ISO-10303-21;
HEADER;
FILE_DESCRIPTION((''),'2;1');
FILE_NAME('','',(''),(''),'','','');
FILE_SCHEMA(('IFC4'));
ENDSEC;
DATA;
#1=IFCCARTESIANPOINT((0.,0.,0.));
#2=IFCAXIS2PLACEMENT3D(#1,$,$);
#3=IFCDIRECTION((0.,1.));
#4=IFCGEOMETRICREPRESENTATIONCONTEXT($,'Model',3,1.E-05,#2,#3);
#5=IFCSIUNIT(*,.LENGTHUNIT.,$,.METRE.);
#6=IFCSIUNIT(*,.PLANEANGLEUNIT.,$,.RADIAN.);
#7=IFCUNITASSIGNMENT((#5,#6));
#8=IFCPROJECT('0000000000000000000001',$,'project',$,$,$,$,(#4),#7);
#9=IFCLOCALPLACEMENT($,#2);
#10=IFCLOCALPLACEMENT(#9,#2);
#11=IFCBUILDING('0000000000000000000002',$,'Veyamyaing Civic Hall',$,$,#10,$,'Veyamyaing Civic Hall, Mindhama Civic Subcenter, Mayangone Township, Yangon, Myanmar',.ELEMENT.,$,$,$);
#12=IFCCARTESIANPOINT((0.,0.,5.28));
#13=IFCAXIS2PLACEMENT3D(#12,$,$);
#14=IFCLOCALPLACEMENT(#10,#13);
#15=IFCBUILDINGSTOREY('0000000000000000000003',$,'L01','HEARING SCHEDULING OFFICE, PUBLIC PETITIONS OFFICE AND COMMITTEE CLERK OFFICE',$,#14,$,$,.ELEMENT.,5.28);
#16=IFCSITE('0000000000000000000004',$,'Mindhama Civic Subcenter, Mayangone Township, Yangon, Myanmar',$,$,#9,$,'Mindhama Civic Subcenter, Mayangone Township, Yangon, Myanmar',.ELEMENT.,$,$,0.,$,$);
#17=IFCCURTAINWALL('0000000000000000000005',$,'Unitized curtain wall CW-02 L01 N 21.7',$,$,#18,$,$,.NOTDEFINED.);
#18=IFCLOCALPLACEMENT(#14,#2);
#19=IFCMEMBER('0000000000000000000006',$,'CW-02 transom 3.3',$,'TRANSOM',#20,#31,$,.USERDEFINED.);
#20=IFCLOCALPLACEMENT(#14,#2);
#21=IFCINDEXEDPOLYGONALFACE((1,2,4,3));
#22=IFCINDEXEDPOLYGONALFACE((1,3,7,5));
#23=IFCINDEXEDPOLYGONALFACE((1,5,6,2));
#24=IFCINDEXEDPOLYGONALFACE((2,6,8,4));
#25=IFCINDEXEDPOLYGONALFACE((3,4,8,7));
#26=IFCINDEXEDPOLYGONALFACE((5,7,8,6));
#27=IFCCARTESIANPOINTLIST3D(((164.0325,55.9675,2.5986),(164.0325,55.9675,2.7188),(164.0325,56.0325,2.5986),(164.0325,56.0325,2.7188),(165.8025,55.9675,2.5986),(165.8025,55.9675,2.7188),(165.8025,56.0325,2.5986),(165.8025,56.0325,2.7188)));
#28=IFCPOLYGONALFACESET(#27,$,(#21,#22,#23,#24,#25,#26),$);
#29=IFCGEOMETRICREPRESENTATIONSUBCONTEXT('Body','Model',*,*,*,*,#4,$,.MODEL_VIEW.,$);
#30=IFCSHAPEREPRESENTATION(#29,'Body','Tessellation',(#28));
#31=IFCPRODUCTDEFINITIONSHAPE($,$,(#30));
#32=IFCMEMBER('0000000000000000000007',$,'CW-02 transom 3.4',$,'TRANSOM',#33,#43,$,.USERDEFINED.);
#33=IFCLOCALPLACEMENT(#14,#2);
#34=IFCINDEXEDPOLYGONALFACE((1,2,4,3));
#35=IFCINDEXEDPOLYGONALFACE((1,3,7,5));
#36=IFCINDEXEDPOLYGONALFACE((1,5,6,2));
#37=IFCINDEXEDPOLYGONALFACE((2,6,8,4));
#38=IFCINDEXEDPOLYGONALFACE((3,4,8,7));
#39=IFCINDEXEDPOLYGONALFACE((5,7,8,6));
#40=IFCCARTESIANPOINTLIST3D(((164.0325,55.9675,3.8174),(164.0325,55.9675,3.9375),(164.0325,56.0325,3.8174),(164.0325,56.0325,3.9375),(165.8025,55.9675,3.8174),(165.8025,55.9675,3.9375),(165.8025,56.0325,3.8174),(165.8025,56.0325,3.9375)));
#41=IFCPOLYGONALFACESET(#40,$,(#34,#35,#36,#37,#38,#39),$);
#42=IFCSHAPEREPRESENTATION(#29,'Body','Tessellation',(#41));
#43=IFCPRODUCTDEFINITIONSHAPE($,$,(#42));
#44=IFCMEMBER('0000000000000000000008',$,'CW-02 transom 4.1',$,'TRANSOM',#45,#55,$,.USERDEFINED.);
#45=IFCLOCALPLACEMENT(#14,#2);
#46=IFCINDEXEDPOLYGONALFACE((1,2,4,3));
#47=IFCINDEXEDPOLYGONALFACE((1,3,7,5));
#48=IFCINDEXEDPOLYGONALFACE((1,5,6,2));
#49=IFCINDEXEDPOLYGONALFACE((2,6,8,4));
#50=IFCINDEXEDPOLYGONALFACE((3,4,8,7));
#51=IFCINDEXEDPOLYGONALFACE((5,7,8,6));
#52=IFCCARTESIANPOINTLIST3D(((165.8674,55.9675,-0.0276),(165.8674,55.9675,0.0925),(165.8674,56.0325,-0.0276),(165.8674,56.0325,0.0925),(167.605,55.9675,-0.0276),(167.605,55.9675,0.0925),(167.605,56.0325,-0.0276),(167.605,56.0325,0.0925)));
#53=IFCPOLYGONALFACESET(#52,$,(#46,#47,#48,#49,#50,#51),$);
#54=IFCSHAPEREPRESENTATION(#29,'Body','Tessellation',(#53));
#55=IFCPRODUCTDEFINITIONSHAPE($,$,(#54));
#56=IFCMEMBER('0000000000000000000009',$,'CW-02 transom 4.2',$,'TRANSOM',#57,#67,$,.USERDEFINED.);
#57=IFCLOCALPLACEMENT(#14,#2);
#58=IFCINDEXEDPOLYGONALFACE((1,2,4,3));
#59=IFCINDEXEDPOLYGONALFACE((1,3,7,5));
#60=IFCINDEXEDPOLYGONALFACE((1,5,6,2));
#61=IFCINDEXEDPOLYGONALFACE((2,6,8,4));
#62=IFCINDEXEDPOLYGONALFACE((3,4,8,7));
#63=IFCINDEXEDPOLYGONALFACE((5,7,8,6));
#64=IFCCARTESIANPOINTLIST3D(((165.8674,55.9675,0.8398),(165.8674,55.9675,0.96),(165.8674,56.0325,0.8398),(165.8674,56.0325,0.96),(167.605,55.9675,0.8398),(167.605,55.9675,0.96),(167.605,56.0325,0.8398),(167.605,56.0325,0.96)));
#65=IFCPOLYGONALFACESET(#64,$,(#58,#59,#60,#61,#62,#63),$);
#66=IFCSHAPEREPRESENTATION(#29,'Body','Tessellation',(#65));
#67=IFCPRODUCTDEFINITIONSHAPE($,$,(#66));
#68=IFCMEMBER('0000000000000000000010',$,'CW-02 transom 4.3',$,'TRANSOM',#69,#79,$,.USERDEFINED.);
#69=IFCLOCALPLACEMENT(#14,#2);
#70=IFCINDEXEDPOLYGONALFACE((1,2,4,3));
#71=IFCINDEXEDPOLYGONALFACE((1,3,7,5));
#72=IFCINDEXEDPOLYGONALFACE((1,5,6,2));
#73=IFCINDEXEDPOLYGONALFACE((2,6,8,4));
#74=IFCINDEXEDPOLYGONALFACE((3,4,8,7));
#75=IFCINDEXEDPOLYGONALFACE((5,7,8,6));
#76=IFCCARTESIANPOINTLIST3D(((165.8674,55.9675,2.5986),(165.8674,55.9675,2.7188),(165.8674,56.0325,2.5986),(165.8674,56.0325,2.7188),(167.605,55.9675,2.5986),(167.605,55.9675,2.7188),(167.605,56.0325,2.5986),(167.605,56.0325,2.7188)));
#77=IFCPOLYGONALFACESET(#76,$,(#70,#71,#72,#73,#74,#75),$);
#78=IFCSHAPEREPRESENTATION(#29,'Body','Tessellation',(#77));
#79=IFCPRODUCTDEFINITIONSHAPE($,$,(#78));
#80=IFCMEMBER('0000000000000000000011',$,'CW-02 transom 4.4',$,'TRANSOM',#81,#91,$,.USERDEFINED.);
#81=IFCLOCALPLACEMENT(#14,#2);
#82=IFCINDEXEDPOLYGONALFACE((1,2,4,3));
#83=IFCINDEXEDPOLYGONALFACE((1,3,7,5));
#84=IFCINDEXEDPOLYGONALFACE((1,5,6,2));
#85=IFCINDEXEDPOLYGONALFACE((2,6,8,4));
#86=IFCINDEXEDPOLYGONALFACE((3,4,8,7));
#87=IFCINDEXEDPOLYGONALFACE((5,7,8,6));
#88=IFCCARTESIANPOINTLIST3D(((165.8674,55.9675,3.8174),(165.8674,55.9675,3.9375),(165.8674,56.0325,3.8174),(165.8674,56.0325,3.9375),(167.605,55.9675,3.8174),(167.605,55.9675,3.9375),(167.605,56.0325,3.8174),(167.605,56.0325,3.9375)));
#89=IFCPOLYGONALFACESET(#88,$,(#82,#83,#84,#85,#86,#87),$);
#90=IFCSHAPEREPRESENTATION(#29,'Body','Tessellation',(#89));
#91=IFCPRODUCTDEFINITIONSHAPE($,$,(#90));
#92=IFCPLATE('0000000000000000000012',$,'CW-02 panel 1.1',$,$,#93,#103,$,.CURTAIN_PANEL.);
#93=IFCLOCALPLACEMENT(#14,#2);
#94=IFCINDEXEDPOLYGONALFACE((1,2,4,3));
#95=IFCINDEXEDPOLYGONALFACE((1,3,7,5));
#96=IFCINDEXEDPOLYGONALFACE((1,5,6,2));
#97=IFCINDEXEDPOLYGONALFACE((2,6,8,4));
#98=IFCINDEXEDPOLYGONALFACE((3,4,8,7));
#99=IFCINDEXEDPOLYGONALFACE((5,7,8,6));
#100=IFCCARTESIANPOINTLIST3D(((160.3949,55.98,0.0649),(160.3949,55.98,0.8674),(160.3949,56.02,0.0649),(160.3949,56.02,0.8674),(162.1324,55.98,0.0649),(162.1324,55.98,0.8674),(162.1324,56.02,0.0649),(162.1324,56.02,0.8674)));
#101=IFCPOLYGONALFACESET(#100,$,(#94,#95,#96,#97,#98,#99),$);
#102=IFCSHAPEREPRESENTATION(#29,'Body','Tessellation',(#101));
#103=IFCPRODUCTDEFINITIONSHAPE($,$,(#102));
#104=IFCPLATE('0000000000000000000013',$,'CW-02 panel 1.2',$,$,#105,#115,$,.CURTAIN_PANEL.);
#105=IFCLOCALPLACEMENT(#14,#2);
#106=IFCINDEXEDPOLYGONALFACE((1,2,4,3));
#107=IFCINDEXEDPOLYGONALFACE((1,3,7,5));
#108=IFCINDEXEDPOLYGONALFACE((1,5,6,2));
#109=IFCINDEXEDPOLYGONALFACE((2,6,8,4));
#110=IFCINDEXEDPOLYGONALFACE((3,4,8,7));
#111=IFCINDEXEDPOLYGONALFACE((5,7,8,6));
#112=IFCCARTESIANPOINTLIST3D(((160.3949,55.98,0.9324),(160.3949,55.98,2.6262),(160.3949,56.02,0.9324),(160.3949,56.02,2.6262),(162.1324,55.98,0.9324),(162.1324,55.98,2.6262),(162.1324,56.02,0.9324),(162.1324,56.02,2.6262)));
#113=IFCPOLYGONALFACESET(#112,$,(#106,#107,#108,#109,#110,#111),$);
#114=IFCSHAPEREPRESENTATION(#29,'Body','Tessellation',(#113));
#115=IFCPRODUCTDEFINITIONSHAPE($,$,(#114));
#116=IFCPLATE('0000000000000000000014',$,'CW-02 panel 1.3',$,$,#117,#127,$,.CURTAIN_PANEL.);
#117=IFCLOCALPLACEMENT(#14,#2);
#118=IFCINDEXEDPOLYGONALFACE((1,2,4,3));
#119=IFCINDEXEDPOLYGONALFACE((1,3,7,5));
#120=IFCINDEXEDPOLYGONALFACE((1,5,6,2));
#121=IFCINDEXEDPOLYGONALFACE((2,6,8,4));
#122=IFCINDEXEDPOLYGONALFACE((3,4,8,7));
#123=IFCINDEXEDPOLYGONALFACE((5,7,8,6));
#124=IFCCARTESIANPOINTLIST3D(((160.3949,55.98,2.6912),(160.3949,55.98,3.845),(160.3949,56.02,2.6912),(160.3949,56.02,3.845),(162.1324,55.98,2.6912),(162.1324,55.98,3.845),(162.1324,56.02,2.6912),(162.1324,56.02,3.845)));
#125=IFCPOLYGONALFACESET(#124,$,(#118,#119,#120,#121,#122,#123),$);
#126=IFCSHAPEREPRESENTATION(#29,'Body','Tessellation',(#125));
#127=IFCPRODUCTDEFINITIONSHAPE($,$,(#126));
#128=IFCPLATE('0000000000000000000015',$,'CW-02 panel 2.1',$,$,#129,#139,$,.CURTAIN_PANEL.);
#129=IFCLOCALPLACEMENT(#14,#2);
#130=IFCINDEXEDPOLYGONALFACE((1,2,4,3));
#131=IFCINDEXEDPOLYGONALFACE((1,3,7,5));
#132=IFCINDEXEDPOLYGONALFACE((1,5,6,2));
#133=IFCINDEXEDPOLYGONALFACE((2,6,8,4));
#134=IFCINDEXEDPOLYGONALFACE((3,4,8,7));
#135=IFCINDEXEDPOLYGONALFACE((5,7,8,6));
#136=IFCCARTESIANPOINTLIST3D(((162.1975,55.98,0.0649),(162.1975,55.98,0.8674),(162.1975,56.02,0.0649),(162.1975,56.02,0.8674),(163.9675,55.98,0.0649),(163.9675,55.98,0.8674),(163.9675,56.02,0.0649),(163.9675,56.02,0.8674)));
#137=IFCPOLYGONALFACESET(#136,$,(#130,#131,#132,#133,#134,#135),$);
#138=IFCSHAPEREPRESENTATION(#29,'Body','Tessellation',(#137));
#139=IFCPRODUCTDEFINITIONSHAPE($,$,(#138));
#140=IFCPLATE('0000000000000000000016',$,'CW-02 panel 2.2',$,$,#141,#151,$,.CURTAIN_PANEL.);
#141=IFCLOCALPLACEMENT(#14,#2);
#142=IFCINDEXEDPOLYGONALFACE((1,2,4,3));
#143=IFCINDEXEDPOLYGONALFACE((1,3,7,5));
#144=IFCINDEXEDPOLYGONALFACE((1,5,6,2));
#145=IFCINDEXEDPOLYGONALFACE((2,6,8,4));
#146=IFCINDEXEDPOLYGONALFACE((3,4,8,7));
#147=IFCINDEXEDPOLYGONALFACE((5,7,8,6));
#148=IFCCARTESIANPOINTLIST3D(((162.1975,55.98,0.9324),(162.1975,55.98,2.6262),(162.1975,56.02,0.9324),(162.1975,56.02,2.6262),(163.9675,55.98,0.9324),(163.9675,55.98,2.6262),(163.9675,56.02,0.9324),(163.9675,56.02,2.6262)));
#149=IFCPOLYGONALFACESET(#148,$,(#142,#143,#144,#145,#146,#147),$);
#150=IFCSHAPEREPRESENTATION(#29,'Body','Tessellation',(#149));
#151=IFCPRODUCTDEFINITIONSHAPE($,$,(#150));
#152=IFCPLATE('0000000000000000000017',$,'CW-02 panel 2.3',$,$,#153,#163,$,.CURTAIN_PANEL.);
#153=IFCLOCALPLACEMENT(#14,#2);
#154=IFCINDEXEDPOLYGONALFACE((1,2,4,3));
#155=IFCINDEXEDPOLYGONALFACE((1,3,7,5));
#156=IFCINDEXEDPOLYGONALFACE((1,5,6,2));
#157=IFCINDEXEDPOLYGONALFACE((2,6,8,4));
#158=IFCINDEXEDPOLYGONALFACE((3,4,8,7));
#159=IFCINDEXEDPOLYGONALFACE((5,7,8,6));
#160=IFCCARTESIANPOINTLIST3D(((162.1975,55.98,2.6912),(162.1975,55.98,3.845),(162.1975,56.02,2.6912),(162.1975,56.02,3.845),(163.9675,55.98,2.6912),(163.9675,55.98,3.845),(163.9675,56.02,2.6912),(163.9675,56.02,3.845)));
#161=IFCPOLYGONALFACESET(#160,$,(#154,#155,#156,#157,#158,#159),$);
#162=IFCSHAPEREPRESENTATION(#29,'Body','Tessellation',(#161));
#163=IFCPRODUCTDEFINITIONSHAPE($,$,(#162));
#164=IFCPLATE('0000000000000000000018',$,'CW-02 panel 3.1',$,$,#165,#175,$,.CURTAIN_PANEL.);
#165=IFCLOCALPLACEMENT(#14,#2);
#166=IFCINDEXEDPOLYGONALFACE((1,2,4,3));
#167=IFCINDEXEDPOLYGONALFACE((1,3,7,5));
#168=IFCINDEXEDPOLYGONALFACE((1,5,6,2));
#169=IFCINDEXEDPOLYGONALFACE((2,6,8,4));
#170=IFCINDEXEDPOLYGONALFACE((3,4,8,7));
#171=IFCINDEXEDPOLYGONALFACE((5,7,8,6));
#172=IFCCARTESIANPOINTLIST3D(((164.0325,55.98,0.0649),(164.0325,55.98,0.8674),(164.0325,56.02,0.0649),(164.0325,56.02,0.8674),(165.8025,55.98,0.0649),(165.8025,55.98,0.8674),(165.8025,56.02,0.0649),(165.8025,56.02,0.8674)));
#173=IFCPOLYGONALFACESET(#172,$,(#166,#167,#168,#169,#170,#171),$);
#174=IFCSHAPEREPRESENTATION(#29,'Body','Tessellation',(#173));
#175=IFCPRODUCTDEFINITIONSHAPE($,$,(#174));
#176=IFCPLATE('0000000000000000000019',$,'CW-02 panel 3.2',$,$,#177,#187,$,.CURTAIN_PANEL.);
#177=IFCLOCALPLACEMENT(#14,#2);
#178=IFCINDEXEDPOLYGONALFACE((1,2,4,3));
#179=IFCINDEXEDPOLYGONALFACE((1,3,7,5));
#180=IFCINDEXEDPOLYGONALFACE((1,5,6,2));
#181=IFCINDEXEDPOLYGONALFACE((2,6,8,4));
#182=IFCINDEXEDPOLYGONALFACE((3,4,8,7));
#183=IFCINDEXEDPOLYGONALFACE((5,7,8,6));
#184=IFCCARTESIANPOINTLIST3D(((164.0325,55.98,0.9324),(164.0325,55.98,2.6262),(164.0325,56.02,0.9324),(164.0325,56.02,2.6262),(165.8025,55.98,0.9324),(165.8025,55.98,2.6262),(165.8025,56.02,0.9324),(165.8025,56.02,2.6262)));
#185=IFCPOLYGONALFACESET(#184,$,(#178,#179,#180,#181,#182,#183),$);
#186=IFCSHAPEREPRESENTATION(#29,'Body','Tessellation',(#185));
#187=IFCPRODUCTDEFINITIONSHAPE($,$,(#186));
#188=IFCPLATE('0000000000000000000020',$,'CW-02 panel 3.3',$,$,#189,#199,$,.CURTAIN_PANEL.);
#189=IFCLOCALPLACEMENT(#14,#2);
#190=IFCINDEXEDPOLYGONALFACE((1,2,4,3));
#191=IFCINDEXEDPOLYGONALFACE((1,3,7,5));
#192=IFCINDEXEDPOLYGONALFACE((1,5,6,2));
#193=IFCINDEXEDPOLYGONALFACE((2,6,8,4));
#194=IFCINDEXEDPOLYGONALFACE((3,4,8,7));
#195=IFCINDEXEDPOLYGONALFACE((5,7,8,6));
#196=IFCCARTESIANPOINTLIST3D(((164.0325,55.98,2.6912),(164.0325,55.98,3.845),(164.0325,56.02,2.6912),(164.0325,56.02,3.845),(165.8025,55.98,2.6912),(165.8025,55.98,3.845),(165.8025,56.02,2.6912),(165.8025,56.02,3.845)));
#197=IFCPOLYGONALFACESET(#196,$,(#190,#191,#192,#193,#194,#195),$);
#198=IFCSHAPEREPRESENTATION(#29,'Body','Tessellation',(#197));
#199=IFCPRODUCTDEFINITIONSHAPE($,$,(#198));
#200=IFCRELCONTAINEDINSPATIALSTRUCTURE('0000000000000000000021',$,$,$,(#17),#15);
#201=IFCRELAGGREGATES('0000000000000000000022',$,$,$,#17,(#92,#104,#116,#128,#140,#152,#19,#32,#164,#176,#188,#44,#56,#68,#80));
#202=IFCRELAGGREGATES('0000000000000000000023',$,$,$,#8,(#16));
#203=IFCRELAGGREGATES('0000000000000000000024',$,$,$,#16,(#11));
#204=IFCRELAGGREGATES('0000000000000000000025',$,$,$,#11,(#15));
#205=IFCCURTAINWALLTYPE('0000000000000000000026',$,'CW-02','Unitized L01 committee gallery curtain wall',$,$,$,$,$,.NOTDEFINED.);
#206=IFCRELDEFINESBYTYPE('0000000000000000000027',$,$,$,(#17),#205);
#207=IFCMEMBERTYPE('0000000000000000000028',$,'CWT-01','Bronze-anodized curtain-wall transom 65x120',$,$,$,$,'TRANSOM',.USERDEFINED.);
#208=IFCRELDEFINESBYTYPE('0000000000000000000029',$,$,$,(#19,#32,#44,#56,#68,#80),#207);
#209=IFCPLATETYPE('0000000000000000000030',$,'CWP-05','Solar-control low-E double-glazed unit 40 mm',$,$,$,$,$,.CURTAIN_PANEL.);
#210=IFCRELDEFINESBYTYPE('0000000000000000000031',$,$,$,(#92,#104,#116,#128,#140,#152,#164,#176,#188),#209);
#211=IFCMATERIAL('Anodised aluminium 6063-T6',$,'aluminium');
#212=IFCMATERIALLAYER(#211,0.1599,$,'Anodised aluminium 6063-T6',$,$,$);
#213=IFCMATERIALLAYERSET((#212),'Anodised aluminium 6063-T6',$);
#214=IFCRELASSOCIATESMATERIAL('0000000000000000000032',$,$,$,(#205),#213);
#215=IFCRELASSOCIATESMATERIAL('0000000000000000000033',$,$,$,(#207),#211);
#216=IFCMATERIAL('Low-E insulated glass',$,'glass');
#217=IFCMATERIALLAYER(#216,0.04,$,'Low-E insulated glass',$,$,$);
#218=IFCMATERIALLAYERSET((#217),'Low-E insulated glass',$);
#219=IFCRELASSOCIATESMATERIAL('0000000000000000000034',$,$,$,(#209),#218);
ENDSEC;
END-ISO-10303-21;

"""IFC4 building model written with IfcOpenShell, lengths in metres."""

from ifc_helpers import new_model, si_unit, direction, frame, origin, origin_2d, place, context, subcontext, project, spatial, rectangle, extrude, material, layer, layer_set, material_profile, profile_set, type_object, element, aggregate, save


model = new_model("IFC4")

# Units and contexts
model_context = context("Model", 3, precision=1e-05, world=origin(), true_north=direction((0.0, 1.0)))
body_context = subcontext(model_context, "Body", "Model", "MODEL_VIEW")
ifc_project = project(units=[si_unit("LENGTHUNIT", "METRE"), si_unit("PLANEANGLEUNIT", "RADIAN")], contexts=[model_context])

# Site, building, storey
site_placement = place(None, origin())
site = spatial("IfcSite", under=ifc_project, at=site_placement, Name="Mindhama Civic Subcenter, Mayangone Township, Yangon, Myanmar", LongName="Mindhama Civic Subcenter, Mayangone Township, Yangon, Myanmar", CompositionType="ELEMENT", RefElevation=0.0)
building_placement = place(site_placement, origin())
building = spatial("IfcBuilding", under=site, at=building_placement, Name="Veyamyaing Civic Hall", LongName="Veyamyaing Civic Hall, Mindhama Civic Subcenter, Mayangone Township, Yangon, Myanmar", CompositionType="ELEMENT")
storey_placement = place(building_placement, frame((0.0, 0.0, 5.28)))
storey = spatial("IfcBuildingStorey", under=building, at=storey_placement, Name="L01", Description="HEARING SCHEDULING OFFICE, PUBLIC PETITIONS OFFICE AND COMMITTEE CLERK OFFICE", CompositionType="ELEMENT", Elevation=5.28)

# Curtain wall, members, plates
ifc_material_1 = material(Name="Anodised aluminium 6063-T6", Category="aluminium")
ifc_layer_1 = layer(ifc_material_1, 0.1599, Name="Anodised aluminium 6063-T6")
ifc_layer_set_1 = layer_set([ifc_layer_1], Name="Anodised aluminium 6063-T6")
curtain_wall_type = type_object("IfcCurtainWallType", Name="CW-02", Description="Unitized L01 committee gallery curtain wall", PredefinedType="NOTDEFINED", material=ifc_layer_set_1)
curtain_wall_placement = place(storey_placement, origin())
curtain_wall = element("IfcCurtainWall", 1, at=curtain_wall_placement, inside=storey, type_object=curtain_wall_type, Name="Unitized curtain wall CW-02 L01 N 21.7", PredefinedType="NOTDEFINED")
ifc_material_profile_1 = material_profile(ifc_material_1, rectangle(XDim=0.0649, YDim=0.1201, at=origin_2d()), Name="ALU-TRN-65X120")
ifc_profile_set_1 = profile_set([ifc_material_profile_1], Name="Anodised aluminium 6063-T6")
member_type_1 = type_object("IfcMemberType", Name="CWT-01", Description="Bronze-anodized curtain-wall transom 65x120", ElementType="TRANSOM", PredefinedType="USERDEFINED", material=ifc_profile_set_1)
member_1_placement = place(storey_placement, frame((164.0325, 56.0, 2.6587), z_axis=(1.0, 0.0, 0.0), x_axis=(0.0, 1.0, 0.0)))
member_1 = element("IfcMember", 2, at=member_1_placement, type_object=member_type_1, Name="CW-02 transom 3.3", ObjectType="TRANSOM", PredefinedType="USERDEFINED", context=body_context, shape_type="SweptSolid", body=[
    extrude(rectangle(XDim=0.0649, YDim=0.1201, at=origin_2d()), origin(), (0.0, 0.0, 1.0), 1.77),
])
member_2_placement = place(storey_placement, frame((164.0325, 56.0, 3.8774), z_axis=(1.0, 0.0, 0.0), x_axis=(0.0, 1.0, 0.0)))
member_2 = element("IfcMember", 3, at=member_2_placement, type_object=member_type_1, Name="CW-02 transom 3.4", ObjectType="TRANSOM", PredefinedType="USERDEFINED", context=body_context, shape_type="SweptSolid", body=[
    extrude(rectangle(XDim=0.0649, YDim=0.1201, at=origin_2d()), origin(), (0.0, 0.0, 1.0), 1.77),
])
member_3_placement = place(storey_placement, frame((165.8674, 56.0, 0.0325), z_axis=(1.0, 0.0, 0.0), x_axis=(0.0, 1.0, 0.0)))
member_3 = element("IfcMember", 4, at=member_3_placement, type_object=member_type_1, Name="CW-02 transom 4.1", ObjectType="TRANSOM", PredefinedType="USERDEFINED", context=body_context, shape_type="SweptSolid", body=[
    extrude(rectangle(XDim=0.0649, YDim=0.1201, at=origin_2d()), origin(), (0.0, 0.0, 1.0), 1.7375),
])
member_4_placement = place(storey_placement, frame((165.8674, 56.0, 0.8999), z_axis=(1.0, 0.0, 0.0), x_axis=(0.0, 1.0, 0.0)))
member_4 = element("IfcMember", 5, at=member_4_placement, type_object=member_type_1, Name="CW-02 transom 4.2", ObjectType="TRANSOM", PredefinedType="USERDEFINED", context=body_context, shape_type="SweptSolid", body=[
    extrude(rectangle(XDim=0.0649, YDim=0.1201, at=origin_2d()), origin(), (0.0, 0.0, 1.0), 1.7375),
])
member_5_placement = place(storey_placement, frame((165.8674, 56.0, 2.6587), z_axis=(1.0, 0.0, 0.0), x_axis=(0.0, 1.0, 0.0)))
member_5 = element("IfcMember", 6, at=member_5_placement, type_object=member_type_1, Name="CW-02 transom 4.3", ObjectType="TRANSOM", PredefinedType="USERDEFINED", context=body_context, shape_type="SweptSolid", body=[
    extrude(rectangle(XDim=0.0649, YDim=0.1201, at=origin_2d()), origin(), (0.0, 0.0, 1.0), 1.7375),
])
member_6_placement = place(storey_placement, frame((165.8674, 56.0, 3.8774), z_axis=(1.0, 0.0, 0.0), x_axis=(0.0, 1.0, 0.0)))
member_6 = element("IfcMember", 7, at=member_6_placement, type_object=member_type_1, Name="CW-02 transom 4.4", ObjectType="TRANSOM", PredefinedType="USERDEFINED", context=body_context, shape_type="SweptSolid", body=[
    extrude(rectangle(XDim=0.0649, YDim=0.1201, at=origin_2d()), origin(), (0.0, 0.0, 1.0), 1.7375),
])
ifc_material_2 = material(Name="Low-E insulated glass", Category="glass")
ifc_layer_2 = layer(ifc_material_2, 0.04, Name="Low-E insulated glass")
ifc_layer_set_2 = layer_set([ifc_layer_2], Name="Low-E insulated glass")
plate_type = type_object("IfcPlateType", Name="CWP-05", Description="Solar-control low-E double-glazed unit 40 mm", PredefinedType="CURTAIN_PANEL", material=ifc_layer_set_2)
plate_1_placement = place(storey_placement, frame((161.2637, 56.0, 0.0649), z_axis=(0.0, 0.0, 1.0), x_axis=(1.0, 0.0, 0.0)))
plate_1 = element("IfcPlate", 8, at=plate_1_placement, type_object=plate_type, Name="CW-02 panel 1.1", PredefinedType="CURTAIN_PANEL", context=body_context, shape_type="SweptSolid", body=[
    extrude(rectangle(XDim=1.7375, YDim=0.04, at=origin_2d()), origin(), (0.0, 0.0, 1.0), 0.8025),
])
plate_2_placement = place(storey_placement, frame((161.2637, 56.0, 0.9324), z_axis=(0.0, 0.0, 1.0), x_axis=(1.0, 0.0, 0.0)))
plate_2 = element("IfcPlate", 9, at=plate_2_placement, type_object=plate_type, Name="CW-02 panel 1.2", PredefinedType="CURTAIN_PANEL", context=body_context, shape_type="SweptSolid", body=[
    extrude(rectangle(XDim=1.7375, YDim=0.04, at=origin_2d()), origin(), (0.0, 0.0, 1.0), 1.6938),
])
plate_3_placement = place(storey_placement, frame((161.2637, 56.0, 2.6912), z_axis=(0.0, 0.0, 1.0), x_axis=(1.0, 0.0, 0.0)))
plate_3 = element("IfcPlate", 10, at=plate_3_placement, type_object=plate_type, Name="CW-02 panel 1.3", PredefinedType="CURTAIN_PANEL", context=body_context, shape_type="SweptSolid", body=[
    extrude(rectangle(XDim=1.7375, YDim=0.04, at=origin_2d()), origin(), (0.0, 0.0, 1.0), 1.1538),
])
plate_4_placement = place(storey_placement, frame((163.0825, 56.0, 0.0649), z_axis=(0.0, 0.0, 1.0), x_axis=(1.0, 0.0, 0.0)))
plate_4 = element("IfcPlate", 11, at=plate_4_placement, type_object=plate_type, Name="CW-02 panel 2.1", PredefinedType="CURTAIN_PANEL", context=body_context, shape_type="SweptSolid", body=[
    extrude(rectangle(XDim=1.77, YDim=0.04, at=origin_2d()), origin(), (0.0, 0.0, 1.0), 0.8025),
])
plate_5_placement = place(storey_placement, frame((163.0825, 56.0, 0.9324), z_axis=(0.0, 0.0, 1.0), x_axis=(1.0, 0.0, 0.0)))
plate_5 = element("IfcPlate", 12, at=plate_5_placement, type_object=plate_type, Name="CW-02 panel 2.2", PredefinedType="CURTAIN_PANEL", context=body_context, shape_type="SweptSolid", body=[
    extrude(rectangle(XDim=1.77, YDim=0.04, at=origin_2d()), origin(), (0.0, 0.0, 1.0), 1.6938),
])
plate_6_placement = place(storey_placement, frame((163.0825, 56.0, 2.6912), z_axis=(0.0, 0.0, 1.0), x_axis=(1.0, 0.0, 0.0)))
plate_6 = element("IfcPlate", 13, at=plate_6_placement, type_object=plate_type, Name="CW-02 panel 2.3", PredefinedType="CURTAIN_PANEL", context=body_context, shape_type="SweptSolid", body=[
    extrude(rectangle(XDim=1.77, YDim=0.04, at=origin_2d()), origin(), (0.0, 0.0, 1.0), 1.1538),
])
plate_7_placement = place(storey_placement, frame((164.9175, 56.0, 0.0649), z_axis=(0.0, 0.0, 1.0), x_axis=(1.0, 0.0, 0.0)))
plate_7 = element("IfcPlate", 14, at=plate_7_placement, type_object=plate_type, Name="CW-02 panel 3.1", PredefinedType="CURTAIN_PANEL", context=body_context, shape_type="SweptSolid", body=[
    extrude(rectangle(XDim=1.77, YDim=0.04, at=origin_2d()), origin(), (0.0, 0.0, 1.0), 0.8025),
])
plate_8_placement = place(storey_placement, frame((164.9175, 56.0, 0.9324), z_axis=(0.0, 0.0, 1.0), x_axis=(1.0, 0.0, 0.0)))
plate_8 = element("IfcPlate", 15, at=plate_8_placement, type_object=plate_type, Name="CW-02 panel 3.2", PredefinedType="CURTAIN_PANEL", context=body_context, shape_type="SweptSolid", body=[
    extrude(rectangle(XDim=1.77, YDim=0.04, at=origin_2d()), origin(), (0.0, 0.0, 1.0), 1.6938),
])
plate_9_placement = place(storey_placement, frame((164.9175, 56.0, 2.6912), z_axis=(0.0, 0.0, 1.0), x_axis=(1.0, 0.0, 0.0)))
plate_9 = element("IfcPlate", 16, at=plate_9_placement, type_object=plate_type, Name="CW-02 panel 3.3", PredefinedType="CURTAIN_PANEL", context=body_context, shape_type="SweptSolid", body=[
    extrude(rectangle(XDim=1.77, YDim=0.04, at=origin_2d()), origin(), (0.0, 0.0, 1.0), 1.1538),
])
aggregate(curtain_wall, [plate_1, plate_2, plate_3, plate_4, plate_5, plate_6, member_1, member_2, plate_7, plate_8, plate_9, member_3, member_4, member_5, member_6])

save(model, "model.ifc")
